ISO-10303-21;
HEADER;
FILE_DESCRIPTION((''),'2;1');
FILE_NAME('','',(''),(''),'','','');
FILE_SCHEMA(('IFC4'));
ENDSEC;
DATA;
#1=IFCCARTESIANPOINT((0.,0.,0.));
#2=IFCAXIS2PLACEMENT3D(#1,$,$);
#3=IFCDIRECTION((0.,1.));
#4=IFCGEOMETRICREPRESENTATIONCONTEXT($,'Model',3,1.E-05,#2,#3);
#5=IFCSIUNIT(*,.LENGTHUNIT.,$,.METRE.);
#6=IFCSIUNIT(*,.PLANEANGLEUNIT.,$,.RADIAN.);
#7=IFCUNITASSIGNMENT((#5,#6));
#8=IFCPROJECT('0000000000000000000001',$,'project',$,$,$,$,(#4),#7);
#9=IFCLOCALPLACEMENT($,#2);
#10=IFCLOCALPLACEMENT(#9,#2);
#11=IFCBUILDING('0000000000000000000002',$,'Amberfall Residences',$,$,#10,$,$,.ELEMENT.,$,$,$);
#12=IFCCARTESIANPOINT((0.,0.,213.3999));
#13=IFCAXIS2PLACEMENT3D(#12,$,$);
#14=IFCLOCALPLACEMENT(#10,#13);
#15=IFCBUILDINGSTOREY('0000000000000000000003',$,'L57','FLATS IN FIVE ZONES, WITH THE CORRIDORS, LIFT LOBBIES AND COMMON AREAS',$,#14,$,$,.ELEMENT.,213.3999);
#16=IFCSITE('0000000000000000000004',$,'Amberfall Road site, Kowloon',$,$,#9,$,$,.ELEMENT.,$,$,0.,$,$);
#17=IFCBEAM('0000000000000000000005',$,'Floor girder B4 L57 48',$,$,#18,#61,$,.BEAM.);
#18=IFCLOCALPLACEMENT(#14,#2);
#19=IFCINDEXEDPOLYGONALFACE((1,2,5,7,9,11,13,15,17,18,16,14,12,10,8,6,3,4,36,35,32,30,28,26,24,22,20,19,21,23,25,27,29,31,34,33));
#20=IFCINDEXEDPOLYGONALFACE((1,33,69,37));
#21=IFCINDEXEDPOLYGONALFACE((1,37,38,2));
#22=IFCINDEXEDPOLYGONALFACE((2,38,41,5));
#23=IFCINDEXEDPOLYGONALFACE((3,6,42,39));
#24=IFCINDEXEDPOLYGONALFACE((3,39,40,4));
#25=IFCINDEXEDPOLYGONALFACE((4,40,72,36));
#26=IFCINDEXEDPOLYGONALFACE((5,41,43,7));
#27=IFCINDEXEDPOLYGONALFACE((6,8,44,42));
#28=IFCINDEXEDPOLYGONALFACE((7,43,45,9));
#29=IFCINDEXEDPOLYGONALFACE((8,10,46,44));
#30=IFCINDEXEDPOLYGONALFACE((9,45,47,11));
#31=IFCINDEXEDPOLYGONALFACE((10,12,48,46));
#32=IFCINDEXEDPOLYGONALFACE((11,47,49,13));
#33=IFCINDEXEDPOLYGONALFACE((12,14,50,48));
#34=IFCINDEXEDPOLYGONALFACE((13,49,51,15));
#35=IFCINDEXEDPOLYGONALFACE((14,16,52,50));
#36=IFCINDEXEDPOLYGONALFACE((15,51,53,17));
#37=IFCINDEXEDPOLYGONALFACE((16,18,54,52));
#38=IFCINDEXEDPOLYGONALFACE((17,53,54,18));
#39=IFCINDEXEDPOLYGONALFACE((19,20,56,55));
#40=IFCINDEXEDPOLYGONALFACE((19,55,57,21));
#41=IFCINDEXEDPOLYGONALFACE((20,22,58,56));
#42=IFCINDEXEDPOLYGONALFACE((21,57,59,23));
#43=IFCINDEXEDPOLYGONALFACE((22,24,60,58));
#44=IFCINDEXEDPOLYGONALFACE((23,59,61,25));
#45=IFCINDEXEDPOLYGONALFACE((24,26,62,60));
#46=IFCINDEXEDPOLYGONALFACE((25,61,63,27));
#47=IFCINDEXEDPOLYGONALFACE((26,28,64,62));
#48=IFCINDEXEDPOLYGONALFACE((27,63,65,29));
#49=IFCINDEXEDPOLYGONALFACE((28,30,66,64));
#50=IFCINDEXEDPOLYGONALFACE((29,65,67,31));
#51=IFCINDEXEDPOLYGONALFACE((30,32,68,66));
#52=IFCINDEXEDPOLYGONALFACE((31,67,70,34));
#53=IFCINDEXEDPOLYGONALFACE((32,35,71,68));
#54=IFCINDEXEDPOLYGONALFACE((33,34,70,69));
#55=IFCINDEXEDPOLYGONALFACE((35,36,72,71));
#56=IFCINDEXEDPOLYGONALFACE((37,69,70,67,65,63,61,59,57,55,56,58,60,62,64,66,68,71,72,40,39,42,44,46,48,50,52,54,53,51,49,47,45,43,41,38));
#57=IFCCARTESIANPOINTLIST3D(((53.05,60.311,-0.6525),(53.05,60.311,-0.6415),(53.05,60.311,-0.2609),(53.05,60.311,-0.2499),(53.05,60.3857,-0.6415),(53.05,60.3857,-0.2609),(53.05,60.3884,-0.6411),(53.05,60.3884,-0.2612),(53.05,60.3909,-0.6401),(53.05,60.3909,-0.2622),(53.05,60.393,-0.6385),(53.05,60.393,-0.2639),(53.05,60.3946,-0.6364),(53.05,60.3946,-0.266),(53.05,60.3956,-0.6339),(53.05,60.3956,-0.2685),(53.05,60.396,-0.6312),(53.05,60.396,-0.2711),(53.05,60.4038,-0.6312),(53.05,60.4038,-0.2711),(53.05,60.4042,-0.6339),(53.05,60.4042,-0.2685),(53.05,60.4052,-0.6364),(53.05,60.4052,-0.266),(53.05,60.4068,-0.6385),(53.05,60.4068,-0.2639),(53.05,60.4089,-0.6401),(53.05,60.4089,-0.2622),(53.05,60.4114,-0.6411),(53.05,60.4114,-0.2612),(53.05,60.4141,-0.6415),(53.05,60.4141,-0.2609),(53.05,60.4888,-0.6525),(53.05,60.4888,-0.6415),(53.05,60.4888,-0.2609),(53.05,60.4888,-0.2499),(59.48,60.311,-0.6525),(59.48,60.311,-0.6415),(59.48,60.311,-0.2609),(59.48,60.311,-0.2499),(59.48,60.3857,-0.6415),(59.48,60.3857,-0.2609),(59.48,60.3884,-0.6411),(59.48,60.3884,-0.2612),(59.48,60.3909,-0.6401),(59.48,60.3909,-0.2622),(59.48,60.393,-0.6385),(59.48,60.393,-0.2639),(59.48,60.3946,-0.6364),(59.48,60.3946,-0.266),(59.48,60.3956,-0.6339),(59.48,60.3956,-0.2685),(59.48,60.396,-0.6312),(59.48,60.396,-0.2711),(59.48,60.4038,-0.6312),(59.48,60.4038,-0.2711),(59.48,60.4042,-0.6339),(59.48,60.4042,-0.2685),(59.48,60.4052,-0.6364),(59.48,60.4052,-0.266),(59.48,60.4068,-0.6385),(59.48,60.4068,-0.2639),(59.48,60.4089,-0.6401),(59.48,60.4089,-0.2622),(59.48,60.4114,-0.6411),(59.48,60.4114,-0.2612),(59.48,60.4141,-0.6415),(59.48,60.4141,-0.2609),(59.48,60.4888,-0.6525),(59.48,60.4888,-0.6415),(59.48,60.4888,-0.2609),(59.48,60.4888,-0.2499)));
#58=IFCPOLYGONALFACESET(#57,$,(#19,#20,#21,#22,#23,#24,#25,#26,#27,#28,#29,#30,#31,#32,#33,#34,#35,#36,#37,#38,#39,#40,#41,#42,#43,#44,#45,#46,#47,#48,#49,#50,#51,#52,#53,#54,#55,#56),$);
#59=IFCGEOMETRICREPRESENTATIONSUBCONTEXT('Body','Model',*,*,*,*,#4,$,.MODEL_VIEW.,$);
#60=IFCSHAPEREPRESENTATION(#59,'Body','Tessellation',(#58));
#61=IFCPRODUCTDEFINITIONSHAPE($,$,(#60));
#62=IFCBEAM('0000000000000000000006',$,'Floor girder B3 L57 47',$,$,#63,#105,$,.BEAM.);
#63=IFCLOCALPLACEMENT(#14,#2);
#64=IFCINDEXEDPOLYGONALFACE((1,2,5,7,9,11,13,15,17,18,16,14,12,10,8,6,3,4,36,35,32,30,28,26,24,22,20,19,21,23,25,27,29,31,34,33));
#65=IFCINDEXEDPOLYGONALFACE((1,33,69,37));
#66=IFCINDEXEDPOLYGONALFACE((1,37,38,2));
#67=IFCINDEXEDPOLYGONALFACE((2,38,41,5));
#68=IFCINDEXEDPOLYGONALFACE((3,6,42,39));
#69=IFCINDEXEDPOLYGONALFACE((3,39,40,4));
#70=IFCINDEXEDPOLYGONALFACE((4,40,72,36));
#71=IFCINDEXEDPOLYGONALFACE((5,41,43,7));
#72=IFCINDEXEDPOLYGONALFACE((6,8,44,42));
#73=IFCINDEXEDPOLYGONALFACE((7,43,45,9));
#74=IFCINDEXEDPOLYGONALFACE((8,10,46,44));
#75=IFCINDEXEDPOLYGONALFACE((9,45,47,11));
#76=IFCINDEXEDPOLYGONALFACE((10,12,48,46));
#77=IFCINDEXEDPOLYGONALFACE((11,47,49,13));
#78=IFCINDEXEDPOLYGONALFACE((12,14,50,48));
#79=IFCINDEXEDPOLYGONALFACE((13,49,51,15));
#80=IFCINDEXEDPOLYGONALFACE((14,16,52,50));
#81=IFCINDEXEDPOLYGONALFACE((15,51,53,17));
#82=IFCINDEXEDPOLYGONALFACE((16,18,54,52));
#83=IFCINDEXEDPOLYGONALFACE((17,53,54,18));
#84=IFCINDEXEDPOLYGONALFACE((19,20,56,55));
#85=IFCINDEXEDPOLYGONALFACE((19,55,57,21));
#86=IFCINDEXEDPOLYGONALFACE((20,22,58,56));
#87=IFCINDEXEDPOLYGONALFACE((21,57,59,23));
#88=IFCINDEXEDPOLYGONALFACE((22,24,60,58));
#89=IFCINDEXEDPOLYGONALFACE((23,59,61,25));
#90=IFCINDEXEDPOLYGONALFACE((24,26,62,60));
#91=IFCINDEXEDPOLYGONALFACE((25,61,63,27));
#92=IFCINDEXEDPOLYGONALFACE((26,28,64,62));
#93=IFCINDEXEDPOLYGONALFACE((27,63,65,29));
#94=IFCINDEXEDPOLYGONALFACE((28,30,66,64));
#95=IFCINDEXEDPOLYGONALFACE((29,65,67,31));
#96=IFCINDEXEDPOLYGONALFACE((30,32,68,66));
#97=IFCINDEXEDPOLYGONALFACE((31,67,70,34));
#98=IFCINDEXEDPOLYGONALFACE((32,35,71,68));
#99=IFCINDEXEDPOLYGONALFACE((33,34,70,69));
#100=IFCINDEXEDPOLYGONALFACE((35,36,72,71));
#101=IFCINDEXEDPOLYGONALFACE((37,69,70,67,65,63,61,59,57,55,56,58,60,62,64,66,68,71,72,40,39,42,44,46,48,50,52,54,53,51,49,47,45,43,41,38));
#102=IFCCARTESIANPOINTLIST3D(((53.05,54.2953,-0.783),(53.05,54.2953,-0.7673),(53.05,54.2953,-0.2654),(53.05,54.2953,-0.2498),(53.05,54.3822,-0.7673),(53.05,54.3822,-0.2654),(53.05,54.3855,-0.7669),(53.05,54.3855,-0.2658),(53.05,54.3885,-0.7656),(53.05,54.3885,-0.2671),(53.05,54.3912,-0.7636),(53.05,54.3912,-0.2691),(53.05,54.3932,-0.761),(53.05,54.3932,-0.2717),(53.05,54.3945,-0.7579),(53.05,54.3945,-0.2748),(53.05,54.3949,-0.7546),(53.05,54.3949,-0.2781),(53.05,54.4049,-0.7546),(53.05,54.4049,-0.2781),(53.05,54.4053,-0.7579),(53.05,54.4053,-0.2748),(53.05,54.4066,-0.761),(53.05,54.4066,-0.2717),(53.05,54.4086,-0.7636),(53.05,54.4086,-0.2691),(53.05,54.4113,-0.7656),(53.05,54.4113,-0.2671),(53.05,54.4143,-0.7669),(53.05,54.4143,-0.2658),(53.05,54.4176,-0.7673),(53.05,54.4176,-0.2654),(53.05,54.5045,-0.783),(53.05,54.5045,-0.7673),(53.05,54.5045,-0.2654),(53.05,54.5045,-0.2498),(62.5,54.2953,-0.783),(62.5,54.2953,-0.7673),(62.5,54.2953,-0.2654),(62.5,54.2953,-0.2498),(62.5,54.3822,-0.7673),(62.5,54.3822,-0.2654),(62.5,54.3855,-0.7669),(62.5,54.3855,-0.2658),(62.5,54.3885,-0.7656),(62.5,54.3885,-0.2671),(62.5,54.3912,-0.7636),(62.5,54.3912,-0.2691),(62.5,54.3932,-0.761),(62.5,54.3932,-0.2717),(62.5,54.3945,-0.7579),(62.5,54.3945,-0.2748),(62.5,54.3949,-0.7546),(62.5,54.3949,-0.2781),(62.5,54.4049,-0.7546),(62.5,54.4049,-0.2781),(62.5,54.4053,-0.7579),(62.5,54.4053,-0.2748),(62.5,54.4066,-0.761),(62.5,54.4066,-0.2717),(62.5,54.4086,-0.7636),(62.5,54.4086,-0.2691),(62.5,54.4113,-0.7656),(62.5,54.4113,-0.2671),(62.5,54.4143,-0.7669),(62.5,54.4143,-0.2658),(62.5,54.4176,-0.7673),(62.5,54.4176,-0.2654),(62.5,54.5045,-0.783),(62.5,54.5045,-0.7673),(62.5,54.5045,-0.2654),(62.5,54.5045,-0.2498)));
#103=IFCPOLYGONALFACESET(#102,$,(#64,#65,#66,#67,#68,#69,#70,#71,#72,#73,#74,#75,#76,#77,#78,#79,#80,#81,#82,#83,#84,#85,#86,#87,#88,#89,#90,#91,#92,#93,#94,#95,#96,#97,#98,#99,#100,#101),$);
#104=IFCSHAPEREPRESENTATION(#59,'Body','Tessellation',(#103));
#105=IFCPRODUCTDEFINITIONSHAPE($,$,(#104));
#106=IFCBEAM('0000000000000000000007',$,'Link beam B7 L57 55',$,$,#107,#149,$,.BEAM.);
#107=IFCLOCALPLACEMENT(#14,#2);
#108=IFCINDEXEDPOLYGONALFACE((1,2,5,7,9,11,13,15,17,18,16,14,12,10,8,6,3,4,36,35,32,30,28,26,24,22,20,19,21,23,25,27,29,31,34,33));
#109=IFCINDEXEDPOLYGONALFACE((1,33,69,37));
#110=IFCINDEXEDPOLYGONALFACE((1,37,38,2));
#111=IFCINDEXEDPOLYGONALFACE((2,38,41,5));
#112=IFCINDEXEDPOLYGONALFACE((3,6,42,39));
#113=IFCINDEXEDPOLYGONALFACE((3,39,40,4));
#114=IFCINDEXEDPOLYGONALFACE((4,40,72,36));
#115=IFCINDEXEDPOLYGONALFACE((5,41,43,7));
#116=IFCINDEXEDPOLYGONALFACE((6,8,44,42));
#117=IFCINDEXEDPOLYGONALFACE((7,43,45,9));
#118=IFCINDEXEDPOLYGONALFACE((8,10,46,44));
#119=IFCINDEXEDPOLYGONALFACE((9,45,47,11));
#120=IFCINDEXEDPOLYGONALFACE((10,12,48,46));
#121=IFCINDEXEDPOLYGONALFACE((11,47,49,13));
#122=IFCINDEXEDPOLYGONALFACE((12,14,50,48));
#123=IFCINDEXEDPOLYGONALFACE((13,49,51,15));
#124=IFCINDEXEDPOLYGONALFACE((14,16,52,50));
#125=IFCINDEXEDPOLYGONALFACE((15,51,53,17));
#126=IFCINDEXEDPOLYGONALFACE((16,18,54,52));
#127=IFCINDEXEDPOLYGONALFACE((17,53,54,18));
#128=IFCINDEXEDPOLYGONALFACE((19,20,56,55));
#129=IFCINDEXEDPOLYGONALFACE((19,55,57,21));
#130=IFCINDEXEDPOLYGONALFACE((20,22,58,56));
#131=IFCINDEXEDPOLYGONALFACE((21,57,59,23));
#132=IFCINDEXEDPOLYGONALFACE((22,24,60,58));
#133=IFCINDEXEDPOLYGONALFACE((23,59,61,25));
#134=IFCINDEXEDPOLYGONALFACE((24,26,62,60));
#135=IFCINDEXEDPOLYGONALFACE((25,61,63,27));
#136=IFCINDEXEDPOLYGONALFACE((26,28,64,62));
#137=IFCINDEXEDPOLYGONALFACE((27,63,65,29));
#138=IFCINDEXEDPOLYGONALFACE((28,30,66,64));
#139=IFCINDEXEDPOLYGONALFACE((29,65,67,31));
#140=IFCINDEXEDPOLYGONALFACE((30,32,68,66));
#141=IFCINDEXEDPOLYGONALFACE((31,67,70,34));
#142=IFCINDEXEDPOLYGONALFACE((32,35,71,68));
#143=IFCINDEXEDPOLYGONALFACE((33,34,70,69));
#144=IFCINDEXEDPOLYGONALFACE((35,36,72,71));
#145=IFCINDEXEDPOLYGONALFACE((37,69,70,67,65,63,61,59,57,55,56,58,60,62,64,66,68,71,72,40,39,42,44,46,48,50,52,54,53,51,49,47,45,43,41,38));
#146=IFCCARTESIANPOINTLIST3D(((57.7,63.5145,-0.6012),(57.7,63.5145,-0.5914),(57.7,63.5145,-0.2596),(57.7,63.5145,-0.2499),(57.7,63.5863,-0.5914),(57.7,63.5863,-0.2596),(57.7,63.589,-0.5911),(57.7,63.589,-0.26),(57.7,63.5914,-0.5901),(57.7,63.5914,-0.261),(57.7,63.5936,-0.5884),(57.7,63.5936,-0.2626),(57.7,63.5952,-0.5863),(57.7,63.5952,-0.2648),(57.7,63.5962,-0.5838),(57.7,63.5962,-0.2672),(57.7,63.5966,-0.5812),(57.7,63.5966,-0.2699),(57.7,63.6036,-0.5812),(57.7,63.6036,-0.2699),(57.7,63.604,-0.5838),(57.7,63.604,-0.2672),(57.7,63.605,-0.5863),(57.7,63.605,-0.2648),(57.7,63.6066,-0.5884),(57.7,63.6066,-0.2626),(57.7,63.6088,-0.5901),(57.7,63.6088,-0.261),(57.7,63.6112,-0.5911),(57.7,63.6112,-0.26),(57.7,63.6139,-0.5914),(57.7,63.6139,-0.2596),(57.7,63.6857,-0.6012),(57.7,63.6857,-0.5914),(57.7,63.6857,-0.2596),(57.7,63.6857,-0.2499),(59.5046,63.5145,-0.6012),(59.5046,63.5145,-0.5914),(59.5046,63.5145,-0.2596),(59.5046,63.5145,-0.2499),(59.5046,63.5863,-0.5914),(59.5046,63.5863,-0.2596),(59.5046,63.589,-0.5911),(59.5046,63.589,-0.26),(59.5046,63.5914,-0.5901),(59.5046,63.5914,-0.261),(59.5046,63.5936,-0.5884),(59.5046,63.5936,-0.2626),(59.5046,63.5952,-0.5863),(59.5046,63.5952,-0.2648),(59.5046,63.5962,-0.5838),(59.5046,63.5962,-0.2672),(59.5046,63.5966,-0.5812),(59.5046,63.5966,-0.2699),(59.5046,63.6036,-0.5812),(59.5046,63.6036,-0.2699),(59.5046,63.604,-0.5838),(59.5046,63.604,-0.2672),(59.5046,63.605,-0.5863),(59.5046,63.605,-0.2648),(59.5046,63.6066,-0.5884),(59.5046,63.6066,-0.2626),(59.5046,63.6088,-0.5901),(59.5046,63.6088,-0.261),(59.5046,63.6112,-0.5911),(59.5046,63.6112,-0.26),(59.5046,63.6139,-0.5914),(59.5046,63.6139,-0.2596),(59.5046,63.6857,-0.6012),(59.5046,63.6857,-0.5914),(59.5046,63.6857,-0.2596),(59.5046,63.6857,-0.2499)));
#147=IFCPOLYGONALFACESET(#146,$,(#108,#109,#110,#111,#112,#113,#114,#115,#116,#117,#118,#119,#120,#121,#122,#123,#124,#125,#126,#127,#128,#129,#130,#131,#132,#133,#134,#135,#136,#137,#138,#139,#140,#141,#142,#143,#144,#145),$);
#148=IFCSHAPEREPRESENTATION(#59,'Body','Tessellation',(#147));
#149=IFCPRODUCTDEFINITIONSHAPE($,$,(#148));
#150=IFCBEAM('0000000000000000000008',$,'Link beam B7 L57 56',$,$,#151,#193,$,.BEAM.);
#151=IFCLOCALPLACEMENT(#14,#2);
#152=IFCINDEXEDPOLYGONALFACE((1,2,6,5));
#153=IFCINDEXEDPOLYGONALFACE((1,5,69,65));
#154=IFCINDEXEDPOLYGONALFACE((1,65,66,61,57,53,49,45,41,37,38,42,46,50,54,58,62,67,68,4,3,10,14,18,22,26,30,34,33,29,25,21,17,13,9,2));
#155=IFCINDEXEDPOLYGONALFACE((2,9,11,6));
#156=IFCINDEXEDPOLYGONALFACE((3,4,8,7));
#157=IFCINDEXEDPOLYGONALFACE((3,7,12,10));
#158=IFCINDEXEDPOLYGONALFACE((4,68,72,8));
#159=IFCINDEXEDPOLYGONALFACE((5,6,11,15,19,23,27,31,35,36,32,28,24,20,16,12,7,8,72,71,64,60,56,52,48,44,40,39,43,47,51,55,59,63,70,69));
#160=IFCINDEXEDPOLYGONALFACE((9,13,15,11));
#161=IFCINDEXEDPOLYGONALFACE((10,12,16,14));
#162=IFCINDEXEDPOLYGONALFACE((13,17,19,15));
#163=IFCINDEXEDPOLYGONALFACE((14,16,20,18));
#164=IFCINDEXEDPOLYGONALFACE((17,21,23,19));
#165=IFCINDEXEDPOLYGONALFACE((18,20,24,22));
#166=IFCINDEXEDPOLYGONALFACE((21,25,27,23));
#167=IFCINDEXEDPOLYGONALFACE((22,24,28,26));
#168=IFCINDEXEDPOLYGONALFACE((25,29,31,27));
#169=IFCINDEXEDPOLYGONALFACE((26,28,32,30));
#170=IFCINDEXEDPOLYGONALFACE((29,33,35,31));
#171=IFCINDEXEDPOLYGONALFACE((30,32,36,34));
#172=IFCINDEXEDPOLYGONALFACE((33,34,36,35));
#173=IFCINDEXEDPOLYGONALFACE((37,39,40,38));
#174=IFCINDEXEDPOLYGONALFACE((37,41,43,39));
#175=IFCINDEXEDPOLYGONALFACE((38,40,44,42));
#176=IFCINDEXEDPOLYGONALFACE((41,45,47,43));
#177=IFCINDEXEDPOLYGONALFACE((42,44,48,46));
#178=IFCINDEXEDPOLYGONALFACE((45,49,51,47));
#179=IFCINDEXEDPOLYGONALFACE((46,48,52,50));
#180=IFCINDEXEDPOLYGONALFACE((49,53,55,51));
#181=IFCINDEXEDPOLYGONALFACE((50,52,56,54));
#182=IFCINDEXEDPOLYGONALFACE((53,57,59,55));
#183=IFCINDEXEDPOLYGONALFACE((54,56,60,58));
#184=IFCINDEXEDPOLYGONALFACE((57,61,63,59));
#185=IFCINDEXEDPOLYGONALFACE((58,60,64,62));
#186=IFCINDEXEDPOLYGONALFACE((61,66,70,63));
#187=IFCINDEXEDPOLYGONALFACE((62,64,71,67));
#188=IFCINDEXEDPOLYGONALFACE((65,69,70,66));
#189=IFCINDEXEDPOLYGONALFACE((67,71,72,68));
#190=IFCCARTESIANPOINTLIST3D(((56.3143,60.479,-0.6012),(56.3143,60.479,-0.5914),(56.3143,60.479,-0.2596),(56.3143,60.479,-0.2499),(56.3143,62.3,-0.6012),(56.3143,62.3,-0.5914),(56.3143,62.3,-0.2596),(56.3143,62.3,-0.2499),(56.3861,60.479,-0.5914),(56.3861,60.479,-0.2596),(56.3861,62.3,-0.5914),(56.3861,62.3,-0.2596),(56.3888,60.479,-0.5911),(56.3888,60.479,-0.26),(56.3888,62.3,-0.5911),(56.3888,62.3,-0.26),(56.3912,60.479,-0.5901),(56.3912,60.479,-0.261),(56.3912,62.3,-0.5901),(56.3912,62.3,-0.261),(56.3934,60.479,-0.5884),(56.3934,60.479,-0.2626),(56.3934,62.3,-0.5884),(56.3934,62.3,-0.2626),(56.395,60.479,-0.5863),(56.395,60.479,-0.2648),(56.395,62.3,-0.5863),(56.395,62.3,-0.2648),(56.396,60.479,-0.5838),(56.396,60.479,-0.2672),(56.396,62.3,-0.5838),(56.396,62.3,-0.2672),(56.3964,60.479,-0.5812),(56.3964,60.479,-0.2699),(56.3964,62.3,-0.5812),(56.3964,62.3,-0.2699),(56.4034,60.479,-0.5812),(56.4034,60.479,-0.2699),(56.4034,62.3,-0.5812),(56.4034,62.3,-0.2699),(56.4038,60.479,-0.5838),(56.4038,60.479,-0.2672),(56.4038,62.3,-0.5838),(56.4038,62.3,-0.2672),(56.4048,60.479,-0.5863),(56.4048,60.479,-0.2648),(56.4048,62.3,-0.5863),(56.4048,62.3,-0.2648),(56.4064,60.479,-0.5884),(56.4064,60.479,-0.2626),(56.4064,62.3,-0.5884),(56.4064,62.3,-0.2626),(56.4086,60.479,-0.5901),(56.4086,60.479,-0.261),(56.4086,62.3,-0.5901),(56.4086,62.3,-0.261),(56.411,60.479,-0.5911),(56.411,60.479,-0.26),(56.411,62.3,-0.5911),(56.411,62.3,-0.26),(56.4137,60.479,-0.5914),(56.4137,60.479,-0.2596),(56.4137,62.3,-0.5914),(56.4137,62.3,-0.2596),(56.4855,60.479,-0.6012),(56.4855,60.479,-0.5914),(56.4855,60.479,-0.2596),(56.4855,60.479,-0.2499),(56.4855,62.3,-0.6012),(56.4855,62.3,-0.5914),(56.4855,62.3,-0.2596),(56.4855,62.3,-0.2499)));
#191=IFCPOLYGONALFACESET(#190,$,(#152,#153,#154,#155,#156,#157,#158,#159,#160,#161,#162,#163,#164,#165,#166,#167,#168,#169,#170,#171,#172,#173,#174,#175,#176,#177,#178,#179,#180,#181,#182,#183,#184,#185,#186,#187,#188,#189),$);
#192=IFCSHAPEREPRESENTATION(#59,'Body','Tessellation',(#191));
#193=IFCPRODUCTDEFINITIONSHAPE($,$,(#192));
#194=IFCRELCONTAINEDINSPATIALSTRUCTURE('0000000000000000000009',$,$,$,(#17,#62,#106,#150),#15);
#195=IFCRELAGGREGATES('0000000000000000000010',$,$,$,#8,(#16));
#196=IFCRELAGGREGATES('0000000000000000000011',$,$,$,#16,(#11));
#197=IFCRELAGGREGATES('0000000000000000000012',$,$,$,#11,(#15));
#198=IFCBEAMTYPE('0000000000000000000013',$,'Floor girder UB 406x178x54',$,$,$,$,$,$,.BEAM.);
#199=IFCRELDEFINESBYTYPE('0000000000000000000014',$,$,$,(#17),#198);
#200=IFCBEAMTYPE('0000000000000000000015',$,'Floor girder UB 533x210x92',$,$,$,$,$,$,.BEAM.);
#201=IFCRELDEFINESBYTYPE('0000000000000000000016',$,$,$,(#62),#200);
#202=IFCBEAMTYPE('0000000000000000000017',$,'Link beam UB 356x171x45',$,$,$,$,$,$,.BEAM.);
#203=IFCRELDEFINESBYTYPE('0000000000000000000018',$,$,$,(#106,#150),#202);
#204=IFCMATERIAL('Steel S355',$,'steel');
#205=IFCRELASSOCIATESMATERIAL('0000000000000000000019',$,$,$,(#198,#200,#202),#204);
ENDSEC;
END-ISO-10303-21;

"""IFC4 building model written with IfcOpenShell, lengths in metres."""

from ifc_helpers import new_model, si_unit, direction, frame, origin, origin_2d, place, context, subcontext, project, spatial, i_section, extrude, material, material_profile, profile_set, type_object, element, save


model = new_model("IFC4")

# Units and contexts
model_context = context("Model", 3, precision=1e-05, world=origin(), true_north=direction((0.0, 1.0)))
body_context = subcontext(model_context, "Body", "Model", "MODEL_VIEW")
ifc_project = project(units=[si_unit("LENGTHUNIT", "METRE"), si_unit("PLANEANGLEUNIT", "RADIAN")], contexts=[model_context])

# Site, building, storey
site_placement = place(None, origin())
site = spatial("IfcSite", under=ifc_project, at=site_placement, Name="Amberfall Road site, Kowloon", CompositionType="ELEMENT", RefElevation=0.0)
building_placement = place(site_placement, origin())
building = spatial("IfcBuilding", under=site, at=building_placement, Name="Amberfall Residences", CompositionType="ELEMENT")
storey_placement = place(building_placement, frame((0.0, 0.0, 213.3999)))
storey = spatial("IfcBuildingStorey", under=building, at=storey_placement, Name="L57", Description="FLATS IN FIVE ZONES, WITH THE CORRIDORS, LIFT LOBBIES AND COMMON AREAS", CompositionType="ELEMENT", Elevation=213.3999)

# Shared definitions
ifc_material_1 = material(Name="Steel S355", Category="steel")

# Beams
ifc_material_profile_1 = material_profile(ifc_material_1, i_section(OverallWidth=0.1777, OverallDepth=0.4026, WebThickness=0.0078, FlangeThickness=0.011, FilletRadius=0.0103, at=origin_2d()), Name="UB 406x178x54")
ifc_profile_set_1 = profile_set([ifc_material_profile_1], Name="Steel S355")
beam_type_1 = type_object("IfcBeamType", Name="Floor girder UB 406x178x54", PredefinedType="BEAM", material=ifc_profile_set_1)
beam_1_placement = place(storey_placement, frame((53.05, 60.3999, -0.4512), z_axis=(1.0, 0.0, 0.0), x_axis=(0.0, 1.0, 0.0)))
element("IfcBeam", 1, at=beam_1_placement, inside=storey, type_object=beam_type_1, Name="Floor girder B4 L57 48", PredefinedType="BEAM", context=body_context, shape_type="SweptSolid", body=[
    extrude(i_section(OverallWidth=0.1777, OverallDepth=0.4026, WebThickness=0.0078, FlangeThickness=0.011, FilletRadius=0.0103, at=origin_2d()), origin(), (0.0, 0.0, 1.0), 6.4299),
])
ifc_material_profile_2 = material_profile(ifc_material_1, i_section(OverallWidth=0.2092, OverallDepth=0.5332, WebThickness=0.01, FlangeThickness=0.0156, FilletRadius=0.0127, at=origin_2d()), Name="UB 533x210x92")
ifc_profile_set_2 = profile_set([ifc_material_profile_2], Name="Steel S355")
beam_type_2 = type_object("IfcBeamType", Name="Floor girder UB 533x210x92", PredefinedType="BEAM", material=ifc_profile_set_2)
beam_2_placement = place(storey_placement, frame((53.05, 54.3999, -0.5164), z_axis=(1.0, 0.0, 0.0), x_axis=(0.0, 1.0, 0.0)))
element("IfcBeam", 2, at=beam_2_placement, inside=storey, type_object=beam_type_2, Name="Floor girder B3 L57 47", PredefinedType="BEAM", context=body_context, shape_type="SweptSolid", body=[
    extrude(i_section(OverallWidth=0.2092, OverallDepth=0.5332, WebThickness=0.01, FlangeThickness=0.0156, FilletRadius=0.0127, at=origin_2d()), origin(), (0.0, 0.0, 1.0), 9.45),
])
ifc_material_profile_3 = material_profile(ifc_material_1, i_section(OverallWidth=0.1711, OverallDepth=0.3513, WebThickness=0.0071, FlangeThickness=0.0098, FilletRadius=0.0103, at=origin_2d()), Name="UB 356x171x45")
ifc_profile_set_3 = profile_set([ifc_material_profile_3], Name="Steel S355")
beam_type_3 = type_object("IfcBeamType", Name="Link beam UB 356x171x45", PredefinedType="BEAM", material=ifc_profile_set_3)
beam_3_placement = place(storey_placement, frame((57.7, 63.6001, -0.4255), z_axis=(1.0, 0.0, 0.0), x_axis=(0.0, 1.0, 0.0)))
element("IfcBeam", 3, at=beam_3_placement, inside=storey, type_object=beam_type_3, Name="Link beam B7 L57 55", PredefinedType="BEAM", context=body_context, shape_type="SweptSolid", body=[
    extrude(i_section(OverallWidth=0.1711, OverallDepth=0.3513, WebThickness=0.0071, FlangeThickness=0.0098, FilletRadius=0.0103, at=origin_2d()), origin(), (0.0, 0.0, 1.0), 1.8047),
])
beam_4_placement = place(storey_placement, frame((56.3999, 62.3, -0.4255), z_axis=(0.0, -1.0, 0.0), x_axis=(1.0, 0.0, 0.0)))
element("IfcBeam", 4, at=beam_4_placement, inside=storey, type_object=beam_type_3, Name="Link beam B7 L57 56", PredefinedType="BEAM", context=body_context, shape_type="SweptSolid", body=[
    extrude(i_section(OverallWidth=0.1711, OverallDepth=0.3513, WebThickness=0.0071, FlangeThickness=0.0098, FilletRadius=0.0103, at=origin_2d()), origin(), (0.0, 0.0, 1.0), 1.821),
])

save(model, "model.ifc")
